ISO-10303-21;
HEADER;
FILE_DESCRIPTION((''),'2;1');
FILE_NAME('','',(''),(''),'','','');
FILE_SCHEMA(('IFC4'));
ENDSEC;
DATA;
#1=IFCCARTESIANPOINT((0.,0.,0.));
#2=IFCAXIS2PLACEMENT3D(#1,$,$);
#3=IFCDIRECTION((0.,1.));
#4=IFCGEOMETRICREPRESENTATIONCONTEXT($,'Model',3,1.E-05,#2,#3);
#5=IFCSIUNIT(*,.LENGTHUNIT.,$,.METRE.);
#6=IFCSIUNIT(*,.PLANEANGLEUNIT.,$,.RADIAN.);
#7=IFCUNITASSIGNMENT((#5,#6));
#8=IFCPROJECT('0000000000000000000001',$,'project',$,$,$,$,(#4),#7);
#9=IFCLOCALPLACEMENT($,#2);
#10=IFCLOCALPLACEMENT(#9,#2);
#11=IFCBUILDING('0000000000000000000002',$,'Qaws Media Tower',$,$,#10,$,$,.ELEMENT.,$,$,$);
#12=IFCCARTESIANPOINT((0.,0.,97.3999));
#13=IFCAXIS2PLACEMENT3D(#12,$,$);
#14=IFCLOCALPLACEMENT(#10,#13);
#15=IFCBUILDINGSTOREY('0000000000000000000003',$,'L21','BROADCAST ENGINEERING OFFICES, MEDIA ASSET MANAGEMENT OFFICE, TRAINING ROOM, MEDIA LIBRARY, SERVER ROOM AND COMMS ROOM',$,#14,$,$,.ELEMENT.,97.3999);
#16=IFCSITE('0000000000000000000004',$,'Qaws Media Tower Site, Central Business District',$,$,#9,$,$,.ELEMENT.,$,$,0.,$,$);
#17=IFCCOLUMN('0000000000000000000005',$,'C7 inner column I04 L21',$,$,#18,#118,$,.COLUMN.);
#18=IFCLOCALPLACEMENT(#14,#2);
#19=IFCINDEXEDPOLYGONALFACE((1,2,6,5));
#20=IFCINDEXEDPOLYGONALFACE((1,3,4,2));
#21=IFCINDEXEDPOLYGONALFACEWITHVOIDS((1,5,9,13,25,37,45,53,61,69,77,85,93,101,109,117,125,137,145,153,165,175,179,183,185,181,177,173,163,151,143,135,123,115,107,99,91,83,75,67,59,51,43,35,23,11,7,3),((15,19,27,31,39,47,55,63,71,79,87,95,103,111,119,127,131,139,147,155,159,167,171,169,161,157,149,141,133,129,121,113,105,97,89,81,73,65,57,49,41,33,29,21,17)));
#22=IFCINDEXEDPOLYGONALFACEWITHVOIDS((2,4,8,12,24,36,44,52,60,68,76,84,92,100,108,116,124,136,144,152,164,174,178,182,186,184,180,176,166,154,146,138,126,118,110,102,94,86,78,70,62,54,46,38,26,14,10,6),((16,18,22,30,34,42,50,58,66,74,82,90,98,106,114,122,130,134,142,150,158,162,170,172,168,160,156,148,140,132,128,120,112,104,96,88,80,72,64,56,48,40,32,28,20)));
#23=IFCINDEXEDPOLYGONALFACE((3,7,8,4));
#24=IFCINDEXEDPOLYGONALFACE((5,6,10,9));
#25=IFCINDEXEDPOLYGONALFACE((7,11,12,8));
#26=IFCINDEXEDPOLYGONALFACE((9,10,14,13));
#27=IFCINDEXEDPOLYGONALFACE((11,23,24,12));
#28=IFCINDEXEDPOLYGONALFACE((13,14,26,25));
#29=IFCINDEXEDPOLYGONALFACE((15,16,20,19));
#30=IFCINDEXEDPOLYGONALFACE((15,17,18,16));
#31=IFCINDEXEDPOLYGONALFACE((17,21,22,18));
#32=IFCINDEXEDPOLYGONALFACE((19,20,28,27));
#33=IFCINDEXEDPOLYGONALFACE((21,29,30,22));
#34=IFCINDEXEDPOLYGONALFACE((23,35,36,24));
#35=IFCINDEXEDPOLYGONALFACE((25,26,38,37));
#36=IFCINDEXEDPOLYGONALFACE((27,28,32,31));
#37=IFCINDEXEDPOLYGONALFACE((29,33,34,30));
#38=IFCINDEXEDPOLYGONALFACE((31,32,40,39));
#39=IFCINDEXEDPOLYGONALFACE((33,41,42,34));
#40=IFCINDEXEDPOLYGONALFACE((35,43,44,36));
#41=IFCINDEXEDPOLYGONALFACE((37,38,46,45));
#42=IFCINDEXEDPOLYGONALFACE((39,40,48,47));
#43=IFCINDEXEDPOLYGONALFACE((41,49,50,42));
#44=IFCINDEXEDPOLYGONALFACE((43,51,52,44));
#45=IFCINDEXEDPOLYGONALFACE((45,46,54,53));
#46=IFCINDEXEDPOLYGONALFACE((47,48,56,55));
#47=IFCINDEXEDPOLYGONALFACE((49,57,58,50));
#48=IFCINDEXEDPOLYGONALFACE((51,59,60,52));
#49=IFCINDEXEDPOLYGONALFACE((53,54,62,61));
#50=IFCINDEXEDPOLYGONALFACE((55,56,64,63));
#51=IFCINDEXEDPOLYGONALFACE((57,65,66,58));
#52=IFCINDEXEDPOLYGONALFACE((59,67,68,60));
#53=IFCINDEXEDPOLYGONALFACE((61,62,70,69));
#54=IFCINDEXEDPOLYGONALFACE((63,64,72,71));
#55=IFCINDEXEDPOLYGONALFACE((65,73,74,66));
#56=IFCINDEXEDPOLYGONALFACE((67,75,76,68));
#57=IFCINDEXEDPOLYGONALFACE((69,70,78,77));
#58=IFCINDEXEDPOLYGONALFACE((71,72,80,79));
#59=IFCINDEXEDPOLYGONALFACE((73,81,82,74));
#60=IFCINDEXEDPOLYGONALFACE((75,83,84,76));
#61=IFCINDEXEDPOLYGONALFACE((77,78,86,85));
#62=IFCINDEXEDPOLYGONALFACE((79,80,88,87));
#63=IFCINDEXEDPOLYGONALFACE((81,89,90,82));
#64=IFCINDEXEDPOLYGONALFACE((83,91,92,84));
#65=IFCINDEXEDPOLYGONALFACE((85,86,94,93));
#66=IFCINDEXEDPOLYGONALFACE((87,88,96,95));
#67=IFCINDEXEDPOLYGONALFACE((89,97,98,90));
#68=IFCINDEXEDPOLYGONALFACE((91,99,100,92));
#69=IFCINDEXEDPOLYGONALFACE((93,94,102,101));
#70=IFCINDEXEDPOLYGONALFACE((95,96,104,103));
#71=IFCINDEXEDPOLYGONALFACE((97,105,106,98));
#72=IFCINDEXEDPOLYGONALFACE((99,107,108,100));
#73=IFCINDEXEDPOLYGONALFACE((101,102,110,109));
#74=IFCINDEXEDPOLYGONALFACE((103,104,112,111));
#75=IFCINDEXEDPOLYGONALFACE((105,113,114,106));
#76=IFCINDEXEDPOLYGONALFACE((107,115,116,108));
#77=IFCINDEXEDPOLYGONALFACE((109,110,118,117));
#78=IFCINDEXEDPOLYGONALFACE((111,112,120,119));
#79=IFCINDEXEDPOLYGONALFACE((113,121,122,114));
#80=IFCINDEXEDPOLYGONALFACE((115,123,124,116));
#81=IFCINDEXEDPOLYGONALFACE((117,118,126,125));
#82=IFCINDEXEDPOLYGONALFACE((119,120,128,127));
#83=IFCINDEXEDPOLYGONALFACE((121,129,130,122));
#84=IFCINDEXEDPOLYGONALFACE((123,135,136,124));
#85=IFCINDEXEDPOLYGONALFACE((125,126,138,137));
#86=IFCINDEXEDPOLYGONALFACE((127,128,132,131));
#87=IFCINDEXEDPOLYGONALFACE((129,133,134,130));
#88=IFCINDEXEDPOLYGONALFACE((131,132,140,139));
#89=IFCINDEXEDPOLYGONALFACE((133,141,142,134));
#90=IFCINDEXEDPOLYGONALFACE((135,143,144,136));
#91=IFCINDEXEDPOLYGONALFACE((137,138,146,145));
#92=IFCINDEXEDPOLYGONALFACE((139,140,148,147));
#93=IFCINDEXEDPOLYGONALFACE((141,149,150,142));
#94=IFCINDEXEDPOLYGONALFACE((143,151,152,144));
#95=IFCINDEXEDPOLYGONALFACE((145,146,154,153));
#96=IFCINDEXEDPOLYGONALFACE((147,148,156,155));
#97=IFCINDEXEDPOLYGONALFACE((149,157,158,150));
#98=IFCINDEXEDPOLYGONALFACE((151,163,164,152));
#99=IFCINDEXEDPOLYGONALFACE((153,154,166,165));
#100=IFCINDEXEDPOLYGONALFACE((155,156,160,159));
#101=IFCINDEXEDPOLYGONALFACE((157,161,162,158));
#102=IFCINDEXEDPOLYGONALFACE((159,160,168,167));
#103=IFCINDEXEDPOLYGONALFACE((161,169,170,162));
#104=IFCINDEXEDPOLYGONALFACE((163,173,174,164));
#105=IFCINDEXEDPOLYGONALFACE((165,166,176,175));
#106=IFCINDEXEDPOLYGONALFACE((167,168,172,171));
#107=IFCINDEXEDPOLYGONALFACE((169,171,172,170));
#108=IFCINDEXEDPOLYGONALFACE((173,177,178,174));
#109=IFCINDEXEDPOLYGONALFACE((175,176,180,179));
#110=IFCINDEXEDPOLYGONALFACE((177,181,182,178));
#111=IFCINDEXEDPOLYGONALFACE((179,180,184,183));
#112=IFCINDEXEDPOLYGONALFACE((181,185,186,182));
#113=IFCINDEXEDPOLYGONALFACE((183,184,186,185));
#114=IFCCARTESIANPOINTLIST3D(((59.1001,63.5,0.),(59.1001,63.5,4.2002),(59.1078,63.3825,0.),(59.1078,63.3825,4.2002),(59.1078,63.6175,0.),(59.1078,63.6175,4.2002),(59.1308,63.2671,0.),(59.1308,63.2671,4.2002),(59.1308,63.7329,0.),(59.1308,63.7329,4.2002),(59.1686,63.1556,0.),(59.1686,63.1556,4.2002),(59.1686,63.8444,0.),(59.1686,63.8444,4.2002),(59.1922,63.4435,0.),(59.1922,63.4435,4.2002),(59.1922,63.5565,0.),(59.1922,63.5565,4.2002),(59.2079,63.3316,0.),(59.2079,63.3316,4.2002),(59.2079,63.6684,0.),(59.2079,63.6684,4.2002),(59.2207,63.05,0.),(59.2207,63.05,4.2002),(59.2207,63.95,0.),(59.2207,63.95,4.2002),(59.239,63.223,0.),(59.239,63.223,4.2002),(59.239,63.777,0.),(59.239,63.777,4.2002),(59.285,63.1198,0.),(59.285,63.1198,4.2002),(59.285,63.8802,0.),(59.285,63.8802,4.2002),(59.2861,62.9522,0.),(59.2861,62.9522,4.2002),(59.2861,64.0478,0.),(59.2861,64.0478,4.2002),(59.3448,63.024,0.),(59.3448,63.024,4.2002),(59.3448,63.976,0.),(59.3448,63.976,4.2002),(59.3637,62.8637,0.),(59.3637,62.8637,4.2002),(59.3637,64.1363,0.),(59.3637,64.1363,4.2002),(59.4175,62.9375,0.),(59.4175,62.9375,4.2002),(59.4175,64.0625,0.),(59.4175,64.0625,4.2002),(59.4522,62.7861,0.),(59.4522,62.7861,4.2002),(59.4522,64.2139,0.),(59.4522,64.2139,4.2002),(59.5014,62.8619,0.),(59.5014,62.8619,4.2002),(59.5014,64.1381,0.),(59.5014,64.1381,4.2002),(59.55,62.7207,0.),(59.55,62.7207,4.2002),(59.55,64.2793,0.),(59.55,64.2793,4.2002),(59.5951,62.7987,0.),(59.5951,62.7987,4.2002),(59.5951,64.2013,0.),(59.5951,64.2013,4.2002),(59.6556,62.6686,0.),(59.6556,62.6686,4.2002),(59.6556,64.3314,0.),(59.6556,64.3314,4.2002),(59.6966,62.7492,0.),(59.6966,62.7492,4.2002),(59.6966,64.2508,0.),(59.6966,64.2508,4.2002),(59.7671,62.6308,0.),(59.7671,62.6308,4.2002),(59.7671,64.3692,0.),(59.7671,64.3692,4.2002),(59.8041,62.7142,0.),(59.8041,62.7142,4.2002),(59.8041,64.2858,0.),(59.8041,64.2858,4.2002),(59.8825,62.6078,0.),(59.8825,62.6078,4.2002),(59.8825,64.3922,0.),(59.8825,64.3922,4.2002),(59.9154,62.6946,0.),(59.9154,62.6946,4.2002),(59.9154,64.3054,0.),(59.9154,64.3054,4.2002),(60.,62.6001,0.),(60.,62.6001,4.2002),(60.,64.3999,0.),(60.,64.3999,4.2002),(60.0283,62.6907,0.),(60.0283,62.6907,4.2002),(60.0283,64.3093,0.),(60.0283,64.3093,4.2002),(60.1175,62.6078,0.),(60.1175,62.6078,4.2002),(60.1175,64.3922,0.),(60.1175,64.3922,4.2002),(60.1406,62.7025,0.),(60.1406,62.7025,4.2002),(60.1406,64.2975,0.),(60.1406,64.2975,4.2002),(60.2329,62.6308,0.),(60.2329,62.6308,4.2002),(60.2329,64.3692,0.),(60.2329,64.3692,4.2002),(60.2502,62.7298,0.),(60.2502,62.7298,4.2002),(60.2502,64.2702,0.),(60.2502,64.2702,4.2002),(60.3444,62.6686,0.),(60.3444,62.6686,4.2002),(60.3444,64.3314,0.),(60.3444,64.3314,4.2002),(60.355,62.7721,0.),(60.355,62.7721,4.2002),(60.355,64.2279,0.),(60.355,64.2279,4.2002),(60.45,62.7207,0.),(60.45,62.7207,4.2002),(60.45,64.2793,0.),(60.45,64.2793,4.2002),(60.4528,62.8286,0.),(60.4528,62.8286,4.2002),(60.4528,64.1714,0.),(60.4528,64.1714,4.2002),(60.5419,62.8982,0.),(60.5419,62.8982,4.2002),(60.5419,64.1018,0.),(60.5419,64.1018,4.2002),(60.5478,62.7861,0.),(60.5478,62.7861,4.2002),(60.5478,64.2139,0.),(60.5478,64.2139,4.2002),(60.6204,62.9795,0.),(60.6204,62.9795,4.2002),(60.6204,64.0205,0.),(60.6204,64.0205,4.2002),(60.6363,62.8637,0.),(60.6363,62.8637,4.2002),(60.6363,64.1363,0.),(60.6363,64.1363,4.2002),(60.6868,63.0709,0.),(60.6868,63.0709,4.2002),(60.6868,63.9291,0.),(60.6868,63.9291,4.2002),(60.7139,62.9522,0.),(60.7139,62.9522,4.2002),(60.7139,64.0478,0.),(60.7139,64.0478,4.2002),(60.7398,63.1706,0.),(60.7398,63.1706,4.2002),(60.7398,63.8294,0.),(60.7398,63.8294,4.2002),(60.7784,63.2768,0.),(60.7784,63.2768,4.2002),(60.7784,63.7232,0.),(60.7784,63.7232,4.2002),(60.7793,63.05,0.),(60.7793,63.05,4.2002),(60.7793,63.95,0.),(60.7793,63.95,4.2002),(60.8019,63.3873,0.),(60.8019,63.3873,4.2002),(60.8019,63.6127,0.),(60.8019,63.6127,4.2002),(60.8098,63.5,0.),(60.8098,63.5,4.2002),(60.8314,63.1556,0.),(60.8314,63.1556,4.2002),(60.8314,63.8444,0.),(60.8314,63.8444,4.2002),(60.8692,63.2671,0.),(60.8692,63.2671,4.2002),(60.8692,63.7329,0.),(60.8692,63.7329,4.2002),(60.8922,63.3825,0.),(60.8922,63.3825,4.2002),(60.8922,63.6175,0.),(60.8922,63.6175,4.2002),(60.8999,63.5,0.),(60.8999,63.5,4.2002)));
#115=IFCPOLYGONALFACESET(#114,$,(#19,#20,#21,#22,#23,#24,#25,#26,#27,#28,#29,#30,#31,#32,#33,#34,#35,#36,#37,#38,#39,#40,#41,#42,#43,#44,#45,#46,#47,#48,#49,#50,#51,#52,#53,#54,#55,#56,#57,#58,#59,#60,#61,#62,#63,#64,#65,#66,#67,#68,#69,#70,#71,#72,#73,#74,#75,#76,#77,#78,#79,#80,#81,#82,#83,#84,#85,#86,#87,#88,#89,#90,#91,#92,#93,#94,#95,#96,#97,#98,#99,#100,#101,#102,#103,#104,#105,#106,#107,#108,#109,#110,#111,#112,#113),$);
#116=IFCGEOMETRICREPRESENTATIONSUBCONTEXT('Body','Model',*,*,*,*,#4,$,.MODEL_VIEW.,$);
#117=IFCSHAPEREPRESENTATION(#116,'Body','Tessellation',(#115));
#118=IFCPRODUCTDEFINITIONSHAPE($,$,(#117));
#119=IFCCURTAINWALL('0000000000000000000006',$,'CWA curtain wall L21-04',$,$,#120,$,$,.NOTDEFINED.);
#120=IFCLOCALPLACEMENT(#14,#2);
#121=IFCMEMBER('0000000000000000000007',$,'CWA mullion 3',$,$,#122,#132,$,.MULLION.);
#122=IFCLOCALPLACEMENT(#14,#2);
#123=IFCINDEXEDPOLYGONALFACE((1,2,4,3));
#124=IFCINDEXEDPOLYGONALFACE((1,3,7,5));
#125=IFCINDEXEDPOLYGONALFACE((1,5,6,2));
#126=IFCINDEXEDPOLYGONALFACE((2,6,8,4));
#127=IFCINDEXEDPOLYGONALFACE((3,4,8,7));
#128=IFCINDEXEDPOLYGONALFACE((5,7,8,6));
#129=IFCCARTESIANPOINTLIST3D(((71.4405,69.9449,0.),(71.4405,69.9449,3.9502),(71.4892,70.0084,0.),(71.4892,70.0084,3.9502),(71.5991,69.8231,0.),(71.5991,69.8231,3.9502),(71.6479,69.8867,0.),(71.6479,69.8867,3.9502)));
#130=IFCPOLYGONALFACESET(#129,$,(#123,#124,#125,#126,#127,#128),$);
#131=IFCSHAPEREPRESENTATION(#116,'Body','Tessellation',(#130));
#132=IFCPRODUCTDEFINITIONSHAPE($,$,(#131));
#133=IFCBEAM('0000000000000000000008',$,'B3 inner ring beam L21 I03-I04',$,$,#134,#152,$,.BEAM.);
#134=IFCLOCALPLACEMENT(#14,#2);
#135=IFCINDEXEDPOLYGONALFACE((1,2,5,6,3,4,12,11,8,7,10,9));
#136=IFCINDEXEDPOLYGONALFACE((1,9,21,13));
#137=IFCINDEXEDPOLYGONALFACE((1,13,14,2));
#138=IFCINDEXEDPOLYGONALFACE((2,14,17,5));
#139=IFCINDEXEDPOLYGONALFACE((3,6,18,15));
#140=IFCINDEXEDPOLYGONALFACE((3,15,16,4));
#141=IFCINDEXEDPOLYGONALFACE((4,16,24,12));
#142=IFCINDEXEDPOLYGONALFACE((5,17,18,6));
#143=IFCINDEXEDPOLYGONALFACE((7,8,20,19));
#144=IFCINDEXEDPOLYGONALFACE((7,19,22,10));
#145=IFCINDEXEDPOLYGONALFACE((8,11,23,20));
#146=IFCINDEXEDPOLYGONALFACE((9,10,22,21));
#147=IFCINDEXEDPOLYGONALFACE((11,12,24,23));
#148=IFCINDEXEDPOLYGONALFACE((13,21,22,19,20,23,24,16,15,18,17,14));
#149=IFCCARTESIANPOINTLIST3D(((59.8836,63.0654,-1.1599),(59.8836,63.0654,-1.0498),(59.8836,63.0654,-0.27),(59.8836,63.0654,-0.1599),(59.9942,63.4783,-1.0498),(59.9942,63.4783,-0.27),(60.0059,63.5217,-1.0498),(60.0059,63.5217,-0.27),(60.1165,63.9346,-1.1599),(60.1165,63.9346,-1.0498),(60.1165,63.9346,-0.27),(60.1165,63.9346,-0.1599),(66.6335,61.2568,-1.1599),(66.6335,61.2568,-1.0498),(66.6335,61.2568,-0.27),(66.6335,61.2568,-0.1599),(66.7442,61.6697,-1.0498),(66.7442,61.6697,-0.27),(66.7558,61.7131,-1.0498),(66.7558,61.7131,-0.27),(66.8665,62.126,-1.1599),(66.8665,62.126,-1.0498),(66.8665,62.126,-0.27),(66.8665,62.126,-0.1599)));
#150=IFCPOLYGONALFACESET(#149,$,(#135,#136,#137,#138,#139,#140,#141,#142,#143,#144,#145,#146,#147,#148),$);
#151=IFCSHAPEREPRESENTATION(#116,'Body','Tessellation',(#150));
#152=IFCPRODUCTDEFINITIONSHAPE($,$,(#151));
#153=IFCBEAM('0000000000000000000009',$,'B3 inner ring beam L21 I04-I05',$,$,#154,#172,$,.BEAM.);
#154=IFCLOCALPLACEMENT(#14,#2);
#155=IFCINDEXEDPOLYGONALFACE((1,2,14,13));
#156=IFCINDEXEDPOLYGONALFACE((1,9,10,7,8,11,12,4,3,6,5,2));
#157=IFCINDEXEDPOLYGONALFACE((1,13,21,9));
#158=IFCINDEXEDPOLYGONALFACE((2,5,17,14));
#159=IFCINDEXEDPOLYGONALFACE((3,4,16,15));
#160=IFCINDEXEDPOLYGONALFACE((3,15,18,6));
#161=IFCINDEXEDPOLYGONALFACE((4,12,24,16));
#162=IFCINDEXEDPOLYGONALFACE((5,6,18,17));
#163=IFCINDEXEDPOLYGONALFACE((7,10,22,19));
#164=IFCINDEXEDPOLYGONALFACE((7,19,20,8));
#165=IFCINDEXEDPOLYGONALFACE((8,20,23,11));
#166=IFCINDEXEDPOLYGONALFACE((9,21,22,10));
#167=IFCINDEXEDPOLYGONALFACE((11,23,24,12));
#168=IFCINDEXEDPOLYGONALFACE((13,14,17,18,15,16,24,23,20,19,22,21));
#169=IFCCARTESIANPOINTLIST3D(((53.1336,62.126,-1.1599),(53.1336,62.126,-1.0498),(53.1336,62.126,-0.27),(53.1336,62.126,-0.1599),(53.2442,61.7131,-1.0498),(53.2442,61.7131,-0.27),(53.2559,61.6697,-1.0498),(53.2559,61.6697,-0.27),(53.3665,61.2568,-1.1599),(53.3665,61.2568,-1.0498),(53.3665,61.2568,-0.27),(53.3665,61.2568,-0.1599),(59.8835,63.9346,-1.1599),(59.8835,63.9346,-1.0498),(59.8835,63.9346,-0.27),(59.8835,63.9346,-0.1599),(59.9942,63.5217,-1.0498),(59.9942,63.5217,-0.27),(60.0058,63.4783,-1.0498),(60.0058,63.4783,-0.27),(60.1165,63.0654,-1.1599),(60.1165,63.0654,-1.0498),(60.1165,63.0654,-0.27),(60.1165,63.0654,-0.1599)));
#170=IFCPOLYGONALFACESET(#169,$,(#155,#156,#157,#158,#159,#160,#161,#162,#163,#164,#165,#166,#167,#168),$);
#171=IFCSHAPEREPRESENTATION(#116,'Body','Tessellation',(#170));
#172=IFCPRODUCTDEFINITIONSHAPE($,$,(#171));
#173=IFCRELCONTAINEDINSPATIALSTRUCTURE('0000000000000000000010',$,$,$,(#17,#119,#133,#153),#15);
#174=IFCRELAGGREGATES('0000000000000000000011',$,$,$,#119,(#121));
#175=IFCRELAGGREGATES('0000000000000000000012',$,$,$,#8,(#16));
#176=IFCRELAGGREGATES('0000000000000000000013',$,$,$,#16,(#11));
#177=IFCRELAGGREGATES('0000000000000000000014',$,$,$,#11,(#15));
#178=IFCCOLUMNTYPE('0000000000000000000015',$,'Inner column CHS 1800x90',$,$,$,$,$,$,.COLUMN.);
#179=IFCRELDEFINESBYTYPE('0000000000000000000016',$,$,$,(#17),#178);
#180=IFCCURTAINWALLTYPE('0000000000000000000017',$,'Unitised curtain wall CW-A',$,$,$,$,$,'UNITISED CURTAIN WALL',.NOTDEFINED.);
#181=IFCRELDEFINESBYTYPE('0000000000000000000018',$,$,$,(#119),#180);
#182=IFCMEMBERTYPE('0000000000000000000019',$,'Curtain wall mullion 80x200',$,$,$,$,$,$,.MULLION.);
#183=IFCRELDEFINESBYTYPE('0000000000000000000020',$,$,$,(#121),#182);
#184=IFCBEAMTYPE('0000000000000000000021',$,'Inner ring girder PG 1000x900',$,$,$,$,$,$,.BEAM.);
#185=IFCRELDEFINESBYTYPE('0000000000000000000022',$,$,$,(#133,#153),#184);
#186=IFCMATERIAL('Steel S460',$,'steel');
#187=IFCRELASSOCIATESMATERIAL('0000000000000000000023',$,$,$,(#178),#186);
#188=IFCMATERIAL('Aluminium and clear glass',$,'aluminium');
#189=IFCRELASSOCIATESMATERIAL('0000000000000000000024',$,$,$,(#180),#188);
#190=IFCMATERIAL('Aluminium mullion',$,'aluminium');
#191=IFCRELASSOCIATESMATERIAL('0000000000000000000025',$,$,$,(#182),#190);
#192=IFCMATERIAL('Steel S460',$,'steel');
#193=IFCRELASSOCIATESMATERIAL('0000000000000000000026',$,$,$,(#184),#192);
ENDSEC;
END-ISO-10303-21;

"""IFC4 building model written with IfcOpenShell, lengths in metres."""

from ifc_helpers import new_model, si_unit, direction, frame, origin, origin_2d, place, context, subcontext, project, spatial, rectangle, hollow_circle, i_section, extrude, material, material_profile, profile_set, type_object, element, aggregate, save


model = new_model("IFC4")

# Units and contexts
model_context = context("Model", 3, precision=1e-05, world=origin(), true_north=direction((0.0, 1.0)))
body_context = subcontext(model_context, "Body", "Model", "MODEL_VIEW")
ifc_project = project(units=[si_unit("LENGTHUNIT", "METRE"), si_unit("PLANEANGLEUNIT", "RADIAN")], contexts=[model_context])

# Site, building, storey
site_placement = place(None, origin())
site = spatial("IfcSite", under=ifc_project, at=site_placement, Name="Qaws Media Tower Site, Central Business District", CompositionType="ELEMENT", RefElevation=0.0)
building_placement = place(site_placement, origin())
building = spatial("IfcBuilding", under=site, at=building_placement, Name="Qaws Media Tower", CompositionType="ELEMENT")
storey_placement = place(building_placement, frame((0.0, 0.0, 97.3999)))
storey = spatial("IfcBuildingStorey", under=building, at=storey_placement, Name="L21", Description="BROADCAST ENGINEERING OFFICES, MEDIA ASSET MANAGEMENT OFFICE, TRAINING ROOM, MEDIA LIBRARY, SERVER ROOM AND COMMS ROOM", CompositionType="ELEMENT", Elevation=97.3999)

# Column
ifc_material_1 = material(Name="Steel S460", Category="steel")
ifc_material_profile_1 = material_profile(ifc_material_1, hollow_circle(Radius=0.8999, WallThickness=0.0901, at=origin_2d()), Name="CHS 1800x90")
ifc_profile_set_1 = profile_set([ifc_material_profile_1], Name="Steel S460")
column_type = type_object("IfcColumnType", Name="Inner column CHS 1800x90", PredefinedType="COLUMN", material=ifc_profile_set_1)
for number, where, z_axis, x_axis, name in (
    (1, (60.0, 63.5, 0.0), (0.0, 0.0, 1.0), (1.0, 0.0, 0.0), "C7 inner column I04 L21"),
):
    element("IfcColumn", number, at=place(storey_placement, frame(where, z_axis=z_axis, x_axis=x_axis)), inside=storey, type_object=column_type, Name=name, PredefinedType="COLUMN", context=body_context, shape_type="SweptSolid", body=[
        extrude(hollow_circle(Radius=0.8999, WallThickness=0.0901, at=origin_2d()), origin(), (0.0, 0.0, 1.0), 4.2002),
    ])

# Curtain wall, member
ifc_material_2 = material(Name="Aluminium and clear glass", Category="aluminium")
curtain_wall_type = type_object("IfcCurtainWallType", Name="Unitised curtain wall CW-A", ElementType="UNITISED CURTAIN WALL", PredefinedType="NOTDEFINED", material=ifc_material_2)
curtain_wall_placement = place(storey_placement, origin())
curtain_wall = element("IfcCurtainWall", 2, at=curtain_wall_placement, inside=storey, type_object=curtain_wall_type, Name="CWA curtain wall L21-04", PredefinedType="NOTDEFINED")
ifc_material_3 = material(Name="Aluminium mullion", Category="aluminium")
ifc_material_profile_2 = material_profile(ifc_material_3, rectangle(XDim=0.0801, YDim=0.2, at=origin_2d()), Name="80x200")
ifc_profile_set_2 = profile_set([ifc_material_profile_2], Name="Aluminium mullion")
member_type = type_object("IfcMemberType", Name="Curtain wall mullion 80x200", PredefinedType="MULLION", material=ifc_profile_set_2)
member_placement = place(storey_placement, frame((71.5442, 69.9158, 0.0), z_axis=(0.0, 0.0, 1.0), x_axis=(-0.608761, -0.793353, 0.0)))
member = element("IfcMember", 3, at=member_placement, type_object=member_type, Name="CWA mullion 3", PredefinedType="MULLION", context=body_context, shape_type="SweptSolid", body=[
    extrude(rectangle(XDim=0.0801, YDim=0.2, at=origin_2d()), origin(), (0.0, 0.0, 1.0), 3.9502),
])
aggregate(curtain_wall, [member])

# Beams
ifc_material_4 = material(Name="Steel S460", Category="steel")
ifc_material_profile_3 = material_profile(ifc_material_4, i_section(OverallWidth=0.8999, OverallDepth=1.0, WebThickness=0.0449, FlangeThickness=0.1101, at=origin_2d()), Name="PG 1000x900")
ifc_profile_set_3 = profile_set([ifc_material_profile_3], Name="Steel S460")
beam_type_1 = type_object("IfcBeamType", Name="Inner ring girder PG 1000x900", PredefinedType="BEAM", material=ifc_profile_set_3)
for number, where, z_axis, x_axis, name in (
    (4, (66.75, 61.6914, -0.6599), (-0.965928, 0.258811, 0.0), (-0.258811, -0.965928, 0.0), "B3 inner ring beam L21 I03-I04"),
    (5, (60.0, 63.5, -0.6599), (-0.965928, -0.258811, 0.0), (0.258811, -0.965928, 0.0), "B3 inner ring beam L21 I04-I05"),
):
    element("IfcBeam", number, at=place(storey_placement, frame(where, z_axis=z_axis, x_axis=x_axis)), inside=storey, type_object=beam_type_1, Name=name, PredefinedType="BEAM", context=body_context, shape_type="SweptSolid", body=[
        extrude(i_section(OverallWidth=0.8999, OverallDepth=1.0, WebThickness=0.0449, FlangeThickness=0.1101, at=origin_2d()), origin(), (0.0, 0.0, 1.0), 6.988),
    ])

save(model, "model.ifc")
